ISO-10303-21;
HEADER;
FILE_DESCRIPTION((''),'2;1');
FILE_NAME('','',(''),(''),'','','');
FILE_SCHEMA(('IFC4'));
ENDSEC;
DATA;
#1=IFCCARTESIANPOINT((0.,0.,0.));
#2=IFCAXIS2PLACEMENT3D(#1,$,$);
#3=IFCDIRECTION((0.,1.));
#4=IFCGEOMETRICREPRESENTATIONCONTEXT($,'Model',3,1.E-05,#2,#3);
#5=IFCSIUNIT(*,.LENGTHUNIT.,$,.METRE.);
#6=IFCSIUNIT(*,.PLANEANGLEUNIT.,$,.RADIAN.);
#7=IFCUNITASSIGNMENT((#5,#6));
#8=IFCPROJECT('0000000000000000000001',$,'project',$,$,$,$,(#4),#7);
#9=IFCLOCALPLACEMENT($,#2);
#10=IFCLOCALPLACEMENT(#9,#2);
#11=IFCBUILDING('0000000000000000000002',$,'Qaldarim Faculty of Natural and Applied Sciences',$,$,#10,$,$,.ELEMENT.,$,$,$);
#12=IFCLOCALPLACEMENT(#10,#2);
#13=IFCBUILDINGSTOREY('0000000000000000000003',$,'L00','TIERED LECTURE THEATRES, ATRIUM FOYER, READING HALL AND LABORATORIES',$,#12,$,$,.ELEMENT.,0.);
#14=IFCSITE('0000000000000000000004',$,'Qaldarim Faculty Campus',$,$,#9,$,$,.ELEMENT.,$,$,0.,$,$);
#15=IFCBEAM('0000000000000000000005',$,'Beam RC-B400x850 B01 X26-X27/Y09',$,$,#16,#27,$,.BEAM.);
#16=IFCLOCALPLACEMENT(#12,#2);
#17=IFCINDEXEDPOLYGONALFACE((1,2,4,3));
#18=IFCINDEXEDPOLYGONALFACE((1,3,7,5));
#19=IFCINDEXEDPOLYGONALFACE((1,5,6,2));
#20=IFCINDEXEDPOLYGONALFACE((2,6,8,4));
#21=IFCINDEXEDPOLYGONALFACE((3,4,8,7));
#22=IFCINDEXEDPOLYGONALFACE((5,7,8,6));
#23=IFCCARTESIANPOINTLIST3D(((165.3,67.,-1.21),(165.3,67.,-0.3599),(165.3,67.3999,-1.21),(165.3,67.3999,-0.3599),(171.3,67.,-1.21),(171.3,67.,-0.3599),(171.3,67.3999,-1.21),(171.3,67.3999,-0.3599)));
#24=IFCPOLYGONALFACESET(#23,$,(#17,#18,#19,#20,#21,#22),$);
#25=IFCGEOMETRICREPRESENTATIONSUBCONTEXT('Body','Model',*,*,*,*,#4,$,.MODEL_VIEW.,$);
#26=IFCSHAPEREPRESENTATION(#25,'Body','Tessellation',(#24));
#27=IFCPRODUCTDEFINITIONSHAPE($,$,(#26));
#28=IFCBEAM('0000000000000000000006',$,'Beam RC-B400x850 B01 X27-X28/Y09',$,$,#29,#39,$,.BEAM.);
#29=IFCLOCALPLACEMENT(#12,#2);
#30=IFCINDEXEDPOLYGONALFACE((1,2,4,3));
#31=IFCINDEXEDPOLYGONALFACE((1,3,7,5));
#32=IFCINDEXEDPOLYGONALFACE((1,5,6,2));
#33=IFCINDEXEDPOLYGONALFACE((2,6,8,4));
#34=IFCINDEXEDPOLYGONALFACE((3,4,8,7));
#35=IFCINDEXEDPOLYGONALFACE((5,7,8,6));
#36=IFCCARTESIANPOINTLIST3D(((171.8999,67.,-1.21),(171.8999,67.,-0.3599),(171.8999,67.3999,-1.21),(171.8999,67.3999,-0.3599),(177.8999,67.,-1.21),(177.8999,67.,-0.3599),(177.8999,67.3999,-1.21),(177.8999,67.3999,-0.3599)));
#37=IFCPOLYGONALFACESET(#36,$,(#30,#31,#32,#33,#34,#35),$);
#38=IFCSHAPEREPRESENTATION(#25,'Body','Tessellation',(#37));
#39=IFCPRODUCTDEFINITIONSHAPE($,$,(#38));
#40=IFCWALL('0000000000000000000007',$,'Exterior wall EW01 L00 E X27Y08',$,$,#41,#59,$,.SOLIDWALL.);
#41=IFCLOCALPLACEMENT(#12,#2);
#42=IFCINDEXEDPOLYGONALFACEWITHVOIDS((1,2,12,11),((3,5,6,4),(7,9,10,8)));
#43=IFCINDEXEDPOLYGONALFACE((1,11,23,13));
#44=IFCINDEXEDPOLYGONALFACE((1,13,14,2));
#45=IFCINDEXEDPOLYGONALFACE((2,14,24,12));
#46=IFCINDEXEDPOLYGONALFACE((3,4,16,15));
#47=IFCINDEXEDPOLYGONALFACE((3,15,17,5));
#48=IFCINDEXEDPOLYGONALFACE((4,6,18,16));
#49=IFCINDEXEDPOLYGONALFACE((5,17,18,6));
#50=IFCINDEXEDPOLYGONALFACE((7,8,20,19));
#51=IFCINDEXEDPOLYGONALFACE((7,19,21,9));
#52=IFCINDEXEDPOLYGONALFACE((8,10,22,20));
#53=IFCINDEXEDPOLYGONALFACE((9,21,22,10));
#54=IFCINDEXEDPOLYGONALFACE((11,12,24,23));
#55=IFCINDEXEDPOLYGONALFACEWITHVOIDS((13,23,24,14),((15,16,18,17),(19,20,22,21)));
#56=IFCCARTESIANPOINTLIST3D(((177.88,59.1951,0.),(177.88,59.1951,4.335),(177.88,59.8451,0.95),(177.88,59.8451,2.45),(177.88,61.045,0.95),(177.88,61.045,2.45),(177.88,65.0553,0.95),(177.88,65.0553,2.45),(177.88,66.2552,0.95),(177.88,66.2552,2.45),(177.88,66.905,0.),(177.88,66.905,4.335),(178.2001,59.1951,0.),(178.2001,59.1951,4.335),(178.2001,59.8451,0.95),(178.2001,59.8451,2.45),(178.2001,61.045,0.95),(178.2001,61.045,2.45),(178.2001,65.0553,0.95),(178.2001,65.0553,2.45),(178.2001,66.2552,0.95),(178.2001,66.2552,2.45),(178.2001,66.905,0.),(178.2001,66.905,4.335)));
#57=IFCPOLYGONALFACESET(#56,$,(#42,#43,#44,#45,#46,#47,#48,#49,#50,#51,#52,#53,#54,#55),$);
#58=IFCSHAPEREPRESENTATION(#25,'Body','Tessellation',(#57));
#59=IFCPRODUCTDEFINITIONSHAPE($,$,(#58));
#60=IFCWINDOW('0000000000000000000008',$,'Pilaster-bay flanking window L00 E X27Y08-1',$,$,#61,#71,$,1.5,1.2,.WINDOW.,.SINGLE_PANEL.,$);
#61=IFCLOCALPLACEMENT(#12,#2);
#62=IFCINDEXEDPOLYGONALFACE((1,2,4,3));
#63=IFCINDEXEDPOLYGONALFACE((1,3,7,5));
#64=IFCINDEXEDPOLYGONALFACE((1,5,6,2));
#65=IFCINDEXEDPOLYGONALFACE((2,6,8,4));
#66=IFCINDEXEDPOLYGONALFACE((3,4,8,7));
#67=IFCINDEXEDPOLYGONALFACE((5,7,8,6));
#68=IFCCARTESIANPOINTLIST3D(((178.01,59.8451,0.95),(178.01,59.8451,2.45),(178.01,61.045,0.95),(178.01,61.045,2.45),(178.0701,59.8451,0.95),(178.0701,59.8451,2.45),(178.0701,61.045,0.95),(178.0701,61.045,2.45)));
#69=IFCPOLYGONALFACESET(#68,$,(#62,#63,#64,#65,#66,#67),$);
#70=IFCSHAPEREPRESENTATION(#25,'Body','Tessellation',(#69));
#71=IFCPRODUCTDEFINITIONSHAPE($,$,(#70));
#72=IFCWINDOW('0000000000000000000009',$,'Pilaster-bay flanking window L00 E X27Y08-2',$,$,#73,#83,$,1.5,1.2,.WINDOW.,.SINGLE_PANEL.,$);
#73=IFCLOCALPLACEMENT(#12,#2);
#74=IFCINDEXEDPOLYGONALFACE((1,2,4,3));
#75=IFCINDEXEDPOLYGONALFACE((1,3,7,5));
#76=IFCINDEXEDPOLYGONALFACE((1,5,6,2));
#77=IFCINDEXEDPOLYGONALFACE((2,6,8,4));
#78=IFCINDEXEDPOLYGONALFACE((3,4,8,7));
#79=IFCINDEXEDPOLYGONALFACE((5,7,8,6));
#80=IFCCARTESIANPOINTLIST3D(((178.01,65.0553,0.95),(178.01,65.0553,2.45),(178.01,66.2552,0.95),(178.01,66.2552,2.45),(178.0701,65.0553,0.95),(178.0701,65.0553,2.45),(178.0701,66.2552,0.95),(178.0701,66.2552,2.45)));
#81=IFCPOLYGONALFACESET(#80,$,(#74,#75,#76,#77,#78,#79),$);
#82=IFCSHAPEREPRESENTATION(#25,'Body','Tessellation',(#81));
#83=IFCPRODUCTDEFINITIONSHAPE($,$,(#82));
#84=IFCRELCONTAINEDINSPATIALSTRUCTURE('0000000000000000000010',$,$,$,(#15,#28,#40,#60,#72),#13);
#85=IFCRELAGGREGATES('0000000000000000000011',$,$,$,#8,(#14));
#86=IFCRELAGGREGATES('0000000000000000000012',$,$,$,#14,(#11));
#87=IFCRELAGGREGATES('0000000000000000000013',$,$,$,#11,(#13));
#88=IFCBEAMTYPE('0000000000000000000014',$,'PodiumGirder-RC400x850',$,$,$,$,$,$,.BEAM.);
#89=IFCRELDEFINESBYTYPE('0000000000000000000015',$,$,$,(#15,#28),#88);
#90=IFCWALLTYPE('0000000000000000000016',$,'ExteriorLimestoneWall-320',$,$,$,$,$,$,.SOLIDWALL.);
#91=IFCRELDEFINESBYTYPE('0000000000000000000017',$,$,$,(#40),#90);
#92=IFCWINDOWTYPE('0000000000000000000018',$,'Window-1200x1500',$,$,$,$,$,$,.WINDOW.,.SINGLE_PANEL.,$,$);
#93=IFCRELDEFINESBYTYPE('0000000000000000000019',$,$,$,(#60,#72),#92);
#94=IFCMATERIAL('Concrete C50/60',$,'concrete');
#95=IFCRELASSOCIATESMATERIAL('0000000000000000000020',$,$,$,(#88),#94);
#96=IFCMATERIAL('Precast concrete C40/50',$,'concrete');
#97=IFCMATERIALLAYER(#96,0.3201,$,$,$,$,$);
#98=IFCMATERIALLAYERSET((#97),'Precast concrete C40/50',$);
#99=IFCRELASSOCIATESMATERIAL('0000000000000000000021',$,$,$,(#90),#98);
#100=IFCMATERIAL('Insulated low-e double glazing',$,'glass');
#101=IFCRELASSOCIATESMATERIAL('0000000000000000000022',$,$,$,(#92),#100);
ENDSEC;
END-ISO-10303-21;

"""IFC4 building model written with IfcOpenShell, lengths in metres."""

from ifc_helpers import new_model, si_unit, direction, frame, frame_2d, origin, origin_2d, place, context, subcontext, project, spatial, rectangle, extrude, material, layer, layer_set, material_profile, profile_set, type_object, element, fill, save


model = new_model("IFC4")

# Units and contexts
model_context = context("Model", 3, precision=1e-05, world=origin(), true_north=direction((0.0, 1.0)))
body_context = subcontext(model_context, "Body", "Model", "MODEL_VIEW")
ifc_project = project(units=[si_unit("LENGTHUNIT", "METRE"), si_unit("PLANEANGLEUNIT", "RADIAN")], contexts=[model_context])

# Site, building, storey
site_placement = place(None, origin())
site = spatial("IfcSite", under=ifc_project, at=site_placement, Name="Qaldarim Faculty Campus", CompositionType="ELEMENT", RefElevation=0.0)
building_placement = place(site_placement, origin())
building = spatial("IfcBuilding", under=site, at=building_placement, Name="Qaldarim Faculty of Natural and Applied Sciences", CompositionType="ELEMENT")
storey_placement = place(building_placement, origin())
storey = spatial("IfcBuildingStorey", under=building, at=storey_placement, Name="L00", Description="TIERED LECTURE THEATRES, ATRIUM FOYER, READING HALL AND LABORATORIES", CompositionType="ELEMENT", Elevation=0.0)

# Shared definitions
ifc_material_1 = material(Name="Concrete C50/60", Category="concrete")

# Beams
ifc_material_profile_1 = material_profile(ifc_material_1, rectangle(XDim=0.3999, YDim=0.8501, at=origin_2d()), Name="RC-B400x850")
ifc_profile_set_1 = profile_set([ifc_material_profile_1], Name="Concrete C50/60")
beam_type_1 = type_object("IfcBeamType", Name="PodiumGirder-RC400x850", PredefinedType="BEAM", material=ifc_profile_set_1)
for number, where, z_axis, x_axis, name in (
    (1, (165.3, 67.2, -0.7849), (1.0, 0.0, 0.0), (0.0, 1.0, 0.0), "Beam RC-B400x850 B01 X26-X27/Y09"),
    (2, (171.8999, 67.2, -0.7849), (1.0, 0.0, 0.0), (0.0, 1.0, 0.0), "Beam RC-B400x850 B01 X27-X28/Y09"),
):
    element("IfcBeam", number, at=place(storey_placement, frame(where, z_axis=z_axis, x_axis=x_axis)), inside=storey, type_object=beam_type_1, Name=name, PredefinedType="BEAM", context=body_context, shape_type="SweptSolid", body=[
        extrude(rectangle(XDim=0.3999, YDim=0.8501, at=origin_2d()), origin(), (0.0, 0.0, 1.0), 6.0),
    ])

# Wall, openings, windows
ifc_material_2 = material(Name="Precast concrete C40/50", Category="concrete")
ifc_layer = layer(ifc_material_2, 0.3201)
ifc_layer_set = layer_set([ifc_layer], Name="Precast concrete C40/50")
wall_type = type_object("IfcWallType", Name="ExteriorLimestoneWall-320", PredefinedType="SOLIDWALL", material=ifc_layer_set)
wall_placement = place(storey_placement, frame((178.04, 59.1951, 0.0), z_axis=(0.0, 0.0, 1.0), x_axis=(0.0, 1.0, 0.0)))
wall = element("IfcWall", 3, at=wall_placement, inside=storey, type_object=wall_type, Name="Exterior wall EW01 L00 E X27Y08", PredefinedType="SOLIDWALL", context=body_context, shape_type="SweptSolid", body=[
    extrude(rectangle(XDim=7.71, YDim=0.3201, at=frame_2d((3.855, 0.0))), origin(), (0.0, 0.0, 1.0), 4.335),
])
opening_1_placement = place(wall_placement, frame((0.6499, 0.0, 0.95)))
opening_1 = element("IfcOpeningElement", 4, at=opening_1_placement, cuts=wall, PredefinedType="OPENING", context=body_context, shape_type="SweptSolid", body=[
    extrude(rectangle(XDim=1.2, YDim=1.5, at=frame_2d((0.6001, 0.75))), frame((0.0, 0.1699, 0.0), z_axis=(0.0, -1.0, 0.0), x_axis=(1.0, 0.0, 0.0)), (0.0, 0.0, 1.0), 0.3401),
])
opening_2_placement = place(wall_placement, frame((5.8601, 0.0, 0.95)))
opening_2 = element("IfcOpeningElement", 5, at=opening_2_placement, cuts=wall, PredefinedType="OPENING", context=body_context, shape_type="SweptSolid", body=[
    extrude(rectangle(XDim=1.2, YDim=1.5, at=frame_2d((0.6001, 0.75))), frame((0.0, 0.1699, 0.0), z_axis=(0.0, -1.0, 0.0), x_axis=(1.0, 0.0, 0.0)), (0.0, 0.0, 1.0), 0.3401),
])
ifc_material_3 = material(Name="Insulated low-e double glazing", Category="glass")
window_type = type_object("IfcWindowType", Name="Window-1200x1500", PartitioningType="SINGLE_PANEL", PredefinedType="WINDOW", material=ifc_material_3)
window_1_placement = place(opening_1_placement, origin())
window_1 = element("IfcWindow", 6, at=window_1_placement, inside=storey, type_object=window_type, Name="Pilaster-bay flanking window L00 E X27Y08-1", OverallHeight=1.5, OverallWidth=1.2, PartitioningType="SINGLE_PANEL", PredefinedType="WINDOW", context=body_context, shape_type="SweptSolid", body=[
    extrude(rectangle(XDim=1.2, YDim=1.5, at=frame_2d((0.6001, 0.75))), frame((0.0, 0.03, 0.0), z_axis=(0.0, -1.0, 0.0), x_axis=(1.0, 0.0, 0.0)), (0.0, 0.0, 1.0), 0.0601),
])
fill(opening_1, window_1)
window_2_placement = place(opening_2_placement, origin())
window_2 = element("IfcWindow", 7, at=window_2_placement, inside=storey, type_object=window_type, Name="Pilaster-bay flanking window L00 E X27Y08-2", OverallHeight=1.5, OverallWidth=1.2, PartitioningType="SINGLE_PANEL", PredefinedType="WINDOW", context=body_context, shape_type="SweptSolid", body=[
    extrude(rectangle(XDim=1.2, YDim=1.5, at=frame_2d((0.6001, 0.75))), frame((0.0, 0.03, 0.0), z_axis=(0.0, -1.0, 0.0), x_axis=(1.0, 0.0, 0.0)), (0.0, 0.0, 1.0), 0.0601),
])
fill(opening_2, window_2)

save(model, "model.ifc")
